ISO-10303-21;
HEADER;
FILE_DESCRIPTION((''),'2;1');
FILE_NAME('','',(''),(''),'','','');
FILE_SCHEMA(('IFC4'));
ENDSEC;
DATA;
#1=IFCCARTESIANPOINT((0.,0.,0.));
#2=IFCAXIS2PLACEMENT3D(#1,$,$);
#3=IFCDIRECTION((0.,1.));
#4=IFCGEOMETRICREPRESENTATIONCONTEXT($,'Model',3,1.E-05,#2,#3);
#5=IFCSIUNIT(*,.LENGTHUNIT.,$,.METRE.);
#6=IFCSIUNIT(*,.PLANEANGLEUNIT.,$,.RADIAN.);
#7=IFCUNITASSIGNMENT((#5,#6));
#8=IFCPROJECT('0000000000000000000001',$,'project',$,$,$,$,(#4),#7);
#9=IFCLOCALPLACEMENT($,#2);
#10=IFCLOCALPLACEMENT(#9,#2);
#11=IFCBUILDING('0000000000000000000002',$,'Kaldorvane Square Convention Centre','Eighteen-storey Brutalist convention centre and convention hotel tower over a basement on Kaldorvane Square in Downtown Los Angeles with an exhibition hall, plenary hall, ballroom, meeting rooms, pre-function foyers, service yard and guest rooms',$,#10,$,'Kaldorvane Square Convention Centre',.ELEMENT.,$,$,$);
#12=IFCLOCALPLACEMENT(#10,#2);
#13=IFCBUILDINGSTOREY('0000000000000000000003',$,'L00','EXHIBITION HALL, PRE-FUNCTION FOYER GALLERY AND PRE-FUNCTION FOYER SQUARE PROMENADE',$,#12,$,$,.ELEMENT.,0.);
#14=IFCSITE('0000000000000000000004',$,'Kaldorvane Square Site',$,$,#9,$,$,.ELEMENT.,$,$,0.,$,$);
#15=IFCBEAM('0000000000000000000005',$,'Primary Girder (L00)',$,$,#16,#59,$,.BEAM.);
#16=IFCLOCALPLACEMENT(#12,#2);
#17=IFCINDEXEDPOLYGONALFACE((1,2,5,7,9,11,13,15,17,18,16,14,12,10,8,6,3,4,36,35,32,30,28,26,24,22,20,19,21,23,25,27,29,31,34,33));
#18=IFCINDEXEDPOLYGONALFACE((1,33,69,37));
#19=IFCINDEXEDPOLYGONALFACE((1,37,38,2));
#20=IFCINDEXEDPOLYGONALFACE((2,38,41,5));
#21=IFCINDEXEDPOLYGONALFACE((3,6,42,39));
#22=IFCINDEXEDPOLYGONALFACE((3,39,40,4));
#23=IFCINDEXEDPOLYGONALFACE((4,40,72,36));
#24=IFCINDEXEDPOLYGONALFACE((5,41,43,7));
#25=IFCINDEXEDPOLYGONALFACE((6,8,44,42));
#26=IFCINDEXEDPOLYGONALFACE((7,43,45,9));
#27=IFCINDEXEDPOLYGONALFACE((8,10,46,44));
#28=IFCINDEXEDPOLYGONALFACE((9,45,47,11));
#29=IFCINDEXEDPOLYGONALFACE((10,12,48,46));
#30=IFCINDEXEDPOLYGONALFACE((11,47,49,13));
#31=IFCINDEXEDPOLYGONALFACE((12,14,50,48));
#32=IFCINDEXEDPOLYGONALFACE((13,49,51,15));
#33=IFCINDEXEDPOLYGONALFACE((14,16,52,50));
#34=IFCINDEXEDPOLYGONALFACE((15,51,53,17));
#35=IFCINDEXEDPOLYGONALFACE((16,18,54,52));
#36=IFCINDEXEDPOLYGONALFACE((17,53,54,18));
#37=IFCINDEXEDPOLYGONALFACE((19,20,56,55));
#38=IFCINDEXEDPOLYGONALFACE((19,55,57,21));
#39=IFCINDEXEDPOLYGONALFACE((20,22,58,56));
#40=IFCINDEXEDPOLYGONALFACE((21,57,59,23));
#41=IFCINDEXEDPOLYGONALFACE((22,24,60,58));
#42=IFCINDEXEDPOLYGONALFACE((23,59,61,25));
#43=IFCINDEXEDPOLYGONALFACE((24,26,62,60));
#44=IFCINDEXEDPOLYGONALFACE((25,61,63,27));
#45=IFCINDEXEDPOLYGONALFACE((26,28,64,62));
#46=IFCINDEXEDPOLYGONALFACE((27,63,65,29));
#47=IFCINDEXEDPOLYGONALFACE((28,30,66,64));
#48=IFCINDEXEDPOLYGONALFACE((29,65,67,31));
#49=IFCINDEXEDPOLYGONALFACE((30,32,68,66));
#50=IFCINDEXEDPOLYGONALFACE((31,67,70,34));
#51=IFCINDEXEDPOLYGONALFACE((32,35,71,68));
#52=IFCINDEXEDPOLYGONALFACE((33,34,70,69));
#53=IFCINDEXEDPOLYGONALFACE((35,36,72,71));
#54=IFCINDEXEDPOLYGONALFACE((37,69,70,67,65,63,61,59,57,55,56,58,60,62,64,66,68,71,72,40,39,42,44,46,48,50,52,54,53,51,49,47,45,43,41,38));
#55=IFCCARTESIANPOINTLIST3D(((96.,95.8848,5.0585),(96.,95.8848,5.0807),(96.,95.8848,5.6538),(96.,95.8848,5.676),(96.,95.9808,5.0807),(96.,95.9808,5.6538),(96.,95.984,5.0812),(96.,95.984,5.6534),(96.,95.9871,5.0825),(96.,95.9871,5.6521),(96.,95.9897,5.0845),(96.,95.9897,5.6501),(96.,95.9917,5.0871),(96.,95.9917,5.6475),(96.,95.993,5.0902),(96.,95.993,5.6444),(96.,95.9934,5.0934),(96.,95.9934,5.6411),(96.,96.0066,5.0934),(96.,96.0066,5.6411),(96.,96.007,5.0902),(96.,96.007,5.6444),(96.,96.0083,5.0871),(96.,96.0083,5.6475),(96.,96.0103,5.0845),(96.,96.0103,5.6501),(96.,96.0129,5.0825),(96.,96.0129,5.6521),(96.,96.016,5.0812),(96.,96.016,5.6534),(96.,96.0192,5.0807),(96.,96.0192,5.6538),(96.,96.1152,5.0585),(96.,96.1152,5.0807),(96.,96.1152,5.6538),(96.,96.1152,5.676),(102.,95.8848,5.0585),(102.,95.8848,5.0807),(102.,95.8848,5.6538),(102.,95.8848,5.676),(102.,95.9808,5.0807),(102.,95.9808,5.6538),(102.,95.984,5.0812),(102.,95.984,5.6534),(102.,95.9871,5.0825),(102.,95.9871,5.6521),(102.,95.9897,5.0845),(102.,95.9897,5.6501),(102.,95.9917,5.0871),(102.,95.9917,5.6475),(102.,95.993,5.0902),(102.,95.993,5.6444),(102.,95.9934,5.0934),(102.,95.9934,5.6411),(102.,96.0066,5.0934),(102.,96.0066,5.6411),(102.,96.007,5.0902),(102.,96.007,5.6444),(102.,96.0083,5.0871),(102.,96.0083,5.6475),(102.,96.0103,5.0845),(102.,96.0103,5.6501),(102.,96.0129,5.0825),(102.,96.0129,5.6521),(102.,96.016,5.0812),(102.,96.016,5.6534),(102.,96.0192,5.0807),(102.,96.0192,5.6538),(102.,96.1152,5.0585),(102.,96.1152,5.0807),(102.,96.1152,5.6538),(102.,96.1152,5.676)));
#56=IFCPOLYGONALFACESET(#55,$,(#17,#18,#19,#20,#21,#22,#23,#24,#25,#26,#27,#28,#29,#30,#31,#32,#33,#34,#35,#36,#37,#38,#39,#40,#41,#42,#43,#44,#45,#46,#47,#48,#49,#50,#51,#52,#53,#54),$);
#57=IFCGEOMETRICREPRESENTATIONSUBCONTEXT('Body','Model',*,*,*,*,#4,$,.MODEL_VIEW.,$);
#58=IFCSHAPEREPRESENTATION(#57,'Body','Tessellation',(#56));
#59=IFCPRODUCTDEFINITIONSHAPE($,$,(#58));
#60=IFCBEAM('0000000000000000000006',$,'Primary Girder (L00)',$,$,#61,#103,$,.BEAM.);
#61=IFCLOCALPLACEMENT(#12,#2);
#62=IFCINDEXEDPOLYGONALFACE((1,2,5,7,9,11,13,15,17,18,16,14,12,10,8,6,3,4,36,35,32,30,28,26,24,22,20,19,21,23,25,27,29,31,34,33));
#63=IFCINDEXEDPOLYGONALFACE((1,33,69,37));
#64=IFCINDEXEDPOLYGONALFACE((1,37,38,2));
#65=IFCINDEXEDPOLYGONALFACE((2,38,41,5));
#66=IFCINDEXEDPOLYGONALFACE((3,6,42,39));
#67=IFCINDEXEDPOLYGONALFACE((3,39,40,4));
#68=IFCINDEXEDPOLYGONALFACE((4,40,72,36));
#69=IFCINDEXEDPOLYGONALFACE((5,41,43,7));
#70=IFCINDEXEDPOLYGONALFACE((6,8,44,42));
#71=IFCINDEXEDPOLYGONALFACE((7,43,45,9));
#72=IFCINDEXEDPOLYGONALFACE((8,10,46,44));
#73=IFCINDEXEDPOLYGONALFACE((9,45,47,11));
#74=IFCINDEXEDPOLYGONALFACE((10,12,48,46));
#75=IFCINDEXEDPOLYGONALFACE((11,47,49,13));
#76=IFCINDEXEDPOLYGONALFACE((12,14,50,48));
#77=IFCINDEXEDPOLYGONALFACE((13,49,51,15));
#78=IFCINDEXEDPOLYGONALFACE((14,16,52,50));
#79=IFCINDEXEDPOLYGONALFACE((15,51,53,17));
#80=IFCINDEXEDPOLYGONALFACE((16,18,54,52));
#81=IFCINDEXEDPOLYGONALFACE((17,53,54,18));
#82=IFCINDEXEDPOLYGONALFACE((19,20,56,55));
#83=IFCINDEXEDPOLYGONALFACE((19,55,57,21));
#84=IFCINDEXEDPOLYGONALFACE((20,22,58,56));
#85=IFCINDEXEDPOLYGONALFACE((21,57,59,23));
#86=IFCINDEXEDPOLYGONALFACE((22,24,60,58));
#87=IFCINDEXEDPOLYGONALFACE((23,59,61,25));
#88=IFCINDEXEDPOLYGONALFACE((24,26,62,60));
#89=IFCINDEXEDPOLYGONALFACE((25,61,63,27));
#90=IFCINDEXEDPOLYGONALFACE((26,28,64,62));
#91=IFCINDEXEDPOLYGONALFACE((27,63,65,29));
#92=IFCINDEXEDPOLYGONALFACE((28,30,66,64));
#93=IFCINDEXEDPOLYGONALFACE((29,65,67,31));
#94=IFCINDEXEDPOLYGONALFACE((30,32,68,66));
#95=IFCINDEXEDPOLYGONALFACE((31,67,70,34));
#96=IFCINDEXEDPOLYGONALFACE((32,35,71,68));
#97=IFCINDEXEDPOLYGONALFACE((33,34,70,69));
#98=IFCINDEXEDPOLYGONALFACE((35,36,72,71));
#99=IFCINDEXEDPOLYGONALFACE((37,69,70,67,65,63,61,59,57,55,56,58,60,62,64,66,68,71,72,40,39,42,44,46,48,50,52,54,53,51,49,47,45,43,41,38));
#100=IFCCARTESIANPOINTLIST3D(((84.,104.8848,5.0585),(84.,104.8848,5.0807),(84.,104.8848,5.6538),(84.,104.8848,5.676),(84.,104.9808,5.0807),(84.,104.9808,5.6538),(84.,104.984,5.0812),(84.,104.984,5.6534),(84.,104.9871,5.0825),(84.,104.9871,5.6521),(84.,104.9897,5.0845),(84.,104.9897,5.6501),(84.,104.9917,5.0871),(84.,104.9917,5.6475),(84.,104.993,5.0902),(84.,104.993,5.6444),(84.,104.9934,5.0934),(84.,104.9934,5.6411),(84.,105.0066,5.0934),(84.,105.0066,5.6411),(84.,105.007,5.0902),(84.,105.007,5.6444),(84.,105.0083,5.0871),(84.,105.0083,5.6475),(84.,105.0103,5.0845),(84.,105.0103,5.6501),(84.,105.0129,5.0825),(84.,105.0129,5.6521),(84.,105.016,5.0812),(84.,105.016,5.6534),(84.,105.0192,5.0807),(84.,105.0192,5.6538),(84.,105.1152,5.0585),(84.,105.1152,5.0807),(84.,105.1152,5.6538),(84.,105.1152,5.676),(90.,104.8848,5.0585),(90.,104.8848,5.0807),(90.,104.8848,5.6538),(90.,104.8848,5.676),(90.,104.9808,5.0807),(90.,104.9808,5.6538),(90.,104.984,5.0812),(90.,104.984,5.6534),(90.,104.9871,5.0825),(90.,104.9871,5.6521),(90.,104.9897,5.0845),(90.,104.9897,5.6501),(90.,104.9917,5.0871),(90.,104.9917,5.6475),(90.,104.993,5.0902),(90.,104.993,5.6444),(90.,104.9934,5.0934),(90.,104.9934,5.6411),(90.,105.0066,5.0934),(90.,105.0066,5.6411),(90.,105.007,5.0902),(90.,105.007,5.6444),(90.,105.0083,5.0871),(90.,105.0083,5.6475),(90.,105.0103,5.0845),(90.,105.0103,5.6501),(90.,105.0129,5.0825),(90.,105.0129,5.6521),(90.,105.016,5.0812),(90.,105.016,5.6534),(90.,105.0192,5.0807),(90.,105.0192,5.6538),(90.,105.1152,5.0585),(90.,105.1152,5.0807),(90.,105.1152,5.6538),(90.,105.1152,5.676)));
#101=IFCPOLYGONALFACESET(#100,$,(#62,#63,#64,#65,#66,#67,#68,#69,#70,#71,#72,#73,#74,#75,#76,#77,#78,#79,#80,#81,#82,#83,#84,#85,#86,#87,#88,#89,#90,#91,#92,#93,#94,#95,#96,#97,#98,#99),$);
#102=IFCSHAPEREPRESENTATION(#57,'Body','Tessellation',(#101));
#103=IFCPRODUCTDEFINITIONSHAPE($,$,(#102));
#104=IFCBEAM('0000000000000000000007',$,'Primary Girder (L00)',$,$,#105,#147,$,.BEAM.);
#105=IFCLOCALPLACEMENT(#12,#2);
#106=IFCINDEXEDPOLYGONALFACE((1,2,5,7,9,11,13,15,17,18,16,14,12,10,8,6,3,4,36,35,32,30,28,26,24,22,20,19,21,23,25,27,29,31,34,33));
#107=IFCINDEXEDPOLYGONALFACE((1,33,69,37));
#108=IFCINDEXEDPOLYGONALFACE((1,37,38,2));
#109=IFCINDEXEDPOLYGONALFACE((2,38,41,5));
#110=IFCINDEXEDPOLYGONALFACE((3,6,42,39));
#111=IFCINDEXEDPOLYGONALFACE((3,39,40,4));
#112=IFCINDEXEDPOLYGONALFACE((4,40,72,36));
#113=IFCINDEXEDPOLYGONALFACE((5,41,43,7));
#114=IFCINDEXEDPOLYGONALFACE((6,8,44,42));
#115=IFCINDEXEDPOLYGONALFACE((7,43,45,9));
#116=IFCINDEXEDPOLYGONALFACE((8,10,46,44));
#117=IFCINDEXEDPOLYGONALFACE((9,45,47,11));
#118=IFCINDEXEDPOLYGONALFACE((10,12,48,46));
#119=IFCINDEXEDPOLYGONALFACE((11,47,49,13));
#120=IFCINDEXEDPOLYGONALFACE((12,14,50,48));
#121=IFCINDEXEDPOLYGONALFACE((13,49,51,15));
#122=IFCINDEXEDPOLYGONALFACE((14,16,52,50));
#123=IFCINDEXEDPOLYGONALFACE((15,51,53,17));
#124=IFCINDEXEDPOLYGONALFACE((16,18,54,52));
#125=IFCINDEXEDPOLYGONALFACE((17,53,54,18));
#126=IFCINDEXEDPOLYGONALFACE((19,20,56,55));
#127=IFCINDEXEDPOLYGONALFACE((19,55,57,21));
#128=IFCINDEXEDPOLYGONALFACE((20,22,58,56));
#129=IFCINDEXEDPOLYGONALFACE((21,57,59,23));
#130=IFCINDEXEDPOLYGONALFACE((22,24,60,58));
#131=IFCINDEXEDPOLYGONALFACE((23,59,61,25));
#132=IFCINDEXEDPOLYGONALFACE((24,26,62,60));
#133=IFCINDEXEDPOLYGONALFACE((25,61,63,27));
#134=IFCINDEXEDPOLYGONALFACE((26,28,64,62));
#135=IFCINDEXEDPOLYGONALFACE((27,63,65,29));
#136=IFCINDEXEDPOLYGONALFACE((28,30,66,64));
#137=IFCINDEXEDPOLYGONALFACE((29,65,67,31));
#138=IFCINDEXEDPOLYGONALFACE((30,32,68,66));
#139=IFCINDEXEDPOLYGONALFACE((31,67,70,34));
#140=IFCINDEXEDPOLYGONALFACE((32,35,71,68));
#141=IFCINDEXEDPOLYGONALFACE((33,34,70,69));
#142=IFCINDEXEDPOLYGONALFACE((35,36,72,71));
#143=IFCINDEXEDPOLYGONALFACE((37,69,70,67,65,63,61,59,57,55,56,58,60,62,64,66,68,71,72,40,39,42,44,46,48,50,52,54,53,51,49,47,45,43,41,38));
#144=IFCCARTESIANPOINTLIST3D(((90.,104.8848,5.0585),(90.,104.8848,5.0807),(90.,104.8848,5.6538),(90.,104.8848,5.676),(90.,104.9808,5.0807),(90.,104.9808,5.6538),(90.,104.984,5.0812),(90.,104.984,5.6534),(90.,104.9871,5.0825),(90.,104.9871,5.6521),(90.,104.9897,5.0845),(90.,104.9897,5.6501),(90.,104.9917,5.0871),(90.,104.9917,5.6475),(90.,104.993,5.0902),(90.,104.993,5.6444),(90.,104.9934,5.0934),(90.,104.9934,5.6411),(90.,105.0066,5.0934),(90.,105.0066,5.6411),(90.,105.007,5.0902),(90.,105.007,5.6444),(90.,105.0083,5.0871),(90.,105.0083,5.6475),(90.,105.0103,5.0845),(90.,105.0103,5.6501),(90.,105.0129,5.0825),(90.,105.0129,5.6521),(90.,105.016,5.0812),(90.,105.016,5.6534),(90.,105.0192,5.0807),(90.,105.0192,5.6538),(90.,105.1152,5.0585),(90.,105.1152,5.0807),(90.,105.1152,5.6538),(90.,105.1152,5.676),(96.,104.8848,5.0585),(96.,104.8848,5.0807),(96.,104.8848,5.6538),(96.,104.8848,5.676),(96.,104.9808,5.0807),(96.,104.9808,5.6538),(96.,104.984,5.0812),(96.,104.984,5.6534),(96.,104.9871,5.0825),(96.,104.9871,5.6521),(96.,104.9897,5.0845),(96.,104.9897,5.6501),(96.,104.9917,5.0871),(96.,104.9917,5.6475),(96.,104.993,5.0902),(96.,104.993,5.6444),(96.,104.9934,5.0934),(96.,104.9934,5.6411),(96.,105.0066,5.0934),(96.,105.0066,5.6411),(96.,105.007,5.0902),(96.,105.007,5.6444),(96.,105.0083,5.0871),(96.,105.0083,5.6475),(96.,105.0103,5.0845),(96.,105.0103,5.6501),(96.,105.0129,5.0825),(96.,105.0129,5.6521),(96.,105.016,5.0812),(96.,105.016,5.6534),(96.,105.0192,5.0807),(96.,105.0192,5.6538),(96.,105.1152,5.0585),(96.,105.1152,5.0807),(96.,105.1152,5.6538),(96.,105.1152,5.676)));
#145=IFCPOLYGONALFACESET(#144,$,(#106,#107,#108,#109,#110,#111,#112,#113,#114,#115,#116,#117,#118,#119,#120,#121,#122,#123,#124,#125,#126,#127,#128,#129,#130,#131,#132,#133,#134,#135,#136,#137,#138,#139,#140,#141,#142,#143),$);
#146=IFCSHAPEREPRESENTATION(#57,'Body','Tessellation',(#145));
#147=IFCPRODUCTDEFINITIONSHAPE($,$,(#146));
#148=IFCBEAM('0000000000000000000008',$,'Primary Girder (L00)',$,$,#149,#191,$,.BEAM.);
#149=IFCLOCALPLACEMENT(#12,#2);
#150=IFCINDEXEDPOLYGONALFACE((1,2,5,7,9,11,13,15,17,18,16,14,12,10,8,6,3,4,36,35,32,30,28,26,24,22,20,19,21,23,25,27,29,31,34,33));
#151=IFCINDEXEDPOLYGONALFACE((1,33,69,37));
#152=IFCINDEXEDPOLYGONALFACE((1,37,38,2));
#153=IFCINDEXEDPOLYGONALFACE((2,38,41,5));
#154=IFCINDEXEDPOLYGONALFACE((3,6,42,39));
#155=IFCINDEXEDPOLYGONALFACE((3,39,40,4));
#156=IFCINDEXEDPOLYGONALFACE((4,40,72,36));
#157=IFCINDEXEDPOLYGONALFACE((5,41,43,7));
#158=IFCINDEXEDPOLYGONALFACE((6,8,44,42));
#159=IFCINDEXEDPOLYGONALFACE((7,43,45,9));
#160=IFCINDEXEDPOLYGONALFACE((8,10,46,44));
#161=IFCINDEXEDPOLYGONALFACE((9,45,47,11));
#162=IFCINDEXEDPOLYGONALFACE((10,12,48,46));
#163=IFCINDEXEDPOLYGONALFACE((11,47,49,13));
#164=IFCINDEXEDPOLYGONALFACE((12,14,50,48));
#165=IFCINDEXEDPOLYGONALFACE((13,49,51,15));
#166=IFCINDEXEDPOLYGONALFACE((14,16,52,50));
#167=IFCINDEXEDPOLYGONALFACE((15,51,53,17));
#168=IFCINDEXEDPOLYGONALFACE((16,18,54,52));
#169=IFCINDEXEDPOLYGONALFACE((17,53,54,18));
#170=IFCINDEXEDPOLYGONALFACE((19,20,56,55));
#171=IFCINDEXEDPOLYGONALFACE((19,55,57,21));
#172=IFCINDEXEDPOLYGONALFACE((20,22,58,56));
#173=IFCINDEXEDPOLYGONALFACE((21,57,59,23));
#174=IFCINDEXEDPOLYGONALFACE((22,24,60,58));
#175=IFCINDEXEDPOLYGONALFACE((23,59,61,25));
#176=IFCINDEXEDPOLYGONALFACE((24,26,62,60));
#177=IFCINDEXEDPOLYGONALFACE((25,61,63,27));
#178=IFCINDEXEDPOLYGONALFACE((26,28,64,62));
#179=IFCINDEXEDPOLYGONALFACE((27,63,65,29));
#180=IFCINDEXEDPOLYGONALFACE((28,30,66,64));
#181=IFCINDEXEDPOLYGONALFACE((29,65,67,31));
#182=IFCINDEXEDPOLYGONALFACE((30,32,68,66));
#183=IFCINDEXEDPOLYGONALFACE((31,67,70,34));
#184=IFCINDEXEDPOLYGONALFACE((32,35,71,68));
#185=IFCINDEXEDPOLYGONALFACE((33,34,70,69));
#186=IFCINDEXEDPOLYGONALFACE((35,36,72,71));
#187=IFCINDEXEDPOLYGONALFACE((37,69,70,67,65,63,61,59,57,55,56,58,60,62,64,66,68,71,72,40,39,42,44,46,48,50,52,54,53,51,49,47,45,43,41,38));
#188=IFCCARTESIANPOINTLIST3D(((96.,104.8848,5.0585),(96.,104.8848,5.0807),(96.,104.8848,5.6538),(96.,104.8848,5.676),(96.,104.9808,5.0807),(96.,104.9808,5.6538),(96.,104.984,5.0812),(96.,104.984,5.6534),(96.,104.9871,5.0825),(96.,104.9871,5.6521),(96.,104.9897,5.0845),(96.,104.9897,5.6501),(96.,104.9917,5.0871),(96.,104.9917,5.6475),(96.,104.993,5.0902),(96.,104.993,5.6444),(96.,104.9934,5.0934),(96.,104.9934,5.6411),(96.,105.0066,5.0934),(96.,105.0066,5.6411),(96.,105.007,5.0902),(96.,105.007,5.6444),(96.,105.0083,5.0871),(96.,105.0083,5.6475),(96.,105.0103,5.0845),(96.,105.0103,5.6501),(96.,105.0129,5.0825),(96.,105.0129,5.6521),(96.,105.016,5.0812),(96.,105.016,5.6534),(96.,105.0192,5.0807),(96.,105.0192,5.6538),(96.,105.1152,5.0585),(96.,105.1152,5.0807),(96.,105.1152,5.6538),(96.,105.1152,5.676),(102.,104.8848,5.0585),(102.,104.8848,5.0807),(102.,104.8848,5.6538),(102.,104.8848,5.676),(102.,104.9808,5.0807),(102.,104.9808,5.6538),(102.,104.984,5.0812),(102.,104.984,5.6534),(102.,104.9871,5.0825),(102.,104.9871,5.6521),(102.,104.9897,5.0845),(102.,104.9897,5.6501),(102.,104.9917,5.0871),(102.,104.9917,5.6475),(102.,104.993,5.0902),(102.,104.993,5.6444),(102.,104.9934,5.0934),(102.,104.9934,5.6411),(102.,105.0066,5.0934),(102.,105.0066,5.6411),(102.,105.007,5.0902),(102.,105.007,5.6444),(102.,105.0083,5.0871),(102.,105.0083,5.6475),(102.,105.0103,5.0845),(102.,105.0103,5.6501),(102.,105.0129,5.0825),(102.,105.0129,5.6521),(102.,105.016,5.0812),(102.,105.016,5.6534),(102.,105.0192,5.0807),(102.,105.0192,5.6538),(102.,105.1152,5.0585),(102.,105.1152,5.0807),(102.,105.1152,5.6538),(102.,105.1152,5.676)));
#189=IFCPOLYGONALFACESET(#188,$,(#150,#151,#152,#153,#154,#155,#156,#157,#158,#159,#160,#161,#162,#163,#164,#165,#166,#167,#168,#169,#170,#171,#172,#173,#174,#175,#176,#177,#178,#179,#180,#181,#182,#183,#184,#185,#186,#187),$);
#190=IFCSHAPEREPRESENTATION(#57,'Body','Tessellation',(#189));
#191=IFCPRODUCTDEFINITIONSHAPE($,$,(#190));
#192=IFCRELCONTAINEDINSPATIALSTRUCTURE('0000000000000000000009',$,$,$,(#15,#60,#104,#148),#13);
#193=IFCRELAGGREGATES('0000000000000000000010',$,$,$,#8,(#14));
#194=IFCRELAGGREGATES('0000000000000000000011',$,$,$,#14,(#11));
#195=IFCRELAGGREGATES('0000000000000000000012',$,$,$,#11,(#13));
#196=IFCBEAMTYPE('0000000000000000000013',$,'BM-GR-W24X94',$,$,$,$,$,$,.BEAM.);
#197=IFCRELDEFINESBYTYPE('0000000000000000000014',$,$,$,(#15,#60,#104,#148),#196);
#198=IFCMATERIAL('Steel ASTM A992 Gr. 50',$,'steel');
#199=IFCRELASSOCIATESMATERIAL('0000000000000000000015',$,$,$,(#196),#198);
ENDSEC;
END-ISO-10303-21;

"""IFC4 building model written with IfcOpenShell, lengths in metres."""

from ifc_helpers import new_model, si_unit, direction, frame, origin, origin_2d, place, context, subcontext, project, spatial, i_section, extrude, material, material_profile, profile_set, type_object, element, save


model = new_model("IFC4")

# Units and contexts
model_context = context("Model", 3, precision=1e-05, world=origin(), true_north=direction((0.0, 1.0)))
body_context = subcontext(model_context, "Body", "Model", "MODEL_VIEW")
ifc_project = project(units=[si_unit("LENGTHUNIT", "METRE"), si_unit("PLANEANGLEUNIT", "RADIAN")], contexts=[model_context])

# Site, building, storey
site_placement = place(None, origin())
site = spatial("IfcSite", under=ifc_project, at=site_placement, Name="Kaldorvane Square Site", CompositionType="ELEMENT", RefElevation=0.0)
building_placement = place(site_placement, origin())
building = spatial("IfcBuilding", under=site, at=building_placement, Name="Kaldorvane Square Convention Centre", Description="Eighteen-storey Brutalist convention centre and convention hotel tower over a basement on Kaldorvane Square in Downtown Los Angeles with an exhibition hall, plenary hall, ballroom, meeting rooms, pre-function foyers, service yard and guest rooms", LongName="Kaldorvane Square Convention Centre", CompositionType="ELEMENT")
storey_placement = place(building_placement, origin())
storey = spatial("IfcBuildingStorey", under=building, at=storey_placement, Name="L00", Description="EXHIBITION HALL, PRE-FUNCTION FOYER GALLERY AND PRE-FUNCTION FOYER SQUARE PROMENADE", CompositionType="ELEMENT", Elevation=0.0)

# Shared definitions
ifc_material_1 = material(Name="Steel ASTM A992 Gr. 50", Category="steel")

# Beams
ifc_material_profile_1 = material_profile(ifc_material_1, i_section(OverallWidth=0.2303, OverallDepth=0.6175, WebThickness=0.0131, FlangeThickness=0.0222, FilletRadius=0.0127, at=origin_2d()), Name="W24X94")
ifc_profile_set_1 = profile_set([ifc_material_profile_1], Name="Steel ASTM A992 Gr. 50")
beam_type_1 = type_object("IfcBeamType", Name="BM-GR-W24X94", PredefinedType="BEAM", material=ifc_profile_set_1)
for number, where, z_axis, x_axis, name in (
    (1, (96.0, 96.0, 5.3673), (1.0, 0.0, 0.0), (0.0, 1.0, 0.0), "Primary Girder (L00)"),
    (2, (84.0, 105.0, 5.3673), (1.0, 0.0, 0.0), (0.0, 1.0, 0.0), "Primary Girder (L00)"),
    (3, (90.0, 105.0, 5.3673), (1.0, 0.0, 0.0), (0.0, 1.0, 0.0), "Primary Girder (L00)"),
    (4, (96.0, 105.0, 5.3673), (1.0, 0.0, 0.0), (0.0, 1.0, 0.0), "Primary Girder (L00)"),
):
    element("IfcBeam", number, at=place(storey_placement, frame(where, z_axis=z_axis, x_axis=x_axis)), inside=storey, type_object=beam_type_1, Name=name, PredefinedType="BEAM", context=body_context, shape_type="SweptSolid", body=[
        extrude(i_section(OverallWidth=0.2303, OverallDepth=0.6175, WebThickness=0.0131, FlangeThickness=0.0222, FilletRadius=0.0127, at=origin_2d()), origin(), (0.0, 0.0, 1.0), 6.0),
    ])

save(model, "model.ifc")
